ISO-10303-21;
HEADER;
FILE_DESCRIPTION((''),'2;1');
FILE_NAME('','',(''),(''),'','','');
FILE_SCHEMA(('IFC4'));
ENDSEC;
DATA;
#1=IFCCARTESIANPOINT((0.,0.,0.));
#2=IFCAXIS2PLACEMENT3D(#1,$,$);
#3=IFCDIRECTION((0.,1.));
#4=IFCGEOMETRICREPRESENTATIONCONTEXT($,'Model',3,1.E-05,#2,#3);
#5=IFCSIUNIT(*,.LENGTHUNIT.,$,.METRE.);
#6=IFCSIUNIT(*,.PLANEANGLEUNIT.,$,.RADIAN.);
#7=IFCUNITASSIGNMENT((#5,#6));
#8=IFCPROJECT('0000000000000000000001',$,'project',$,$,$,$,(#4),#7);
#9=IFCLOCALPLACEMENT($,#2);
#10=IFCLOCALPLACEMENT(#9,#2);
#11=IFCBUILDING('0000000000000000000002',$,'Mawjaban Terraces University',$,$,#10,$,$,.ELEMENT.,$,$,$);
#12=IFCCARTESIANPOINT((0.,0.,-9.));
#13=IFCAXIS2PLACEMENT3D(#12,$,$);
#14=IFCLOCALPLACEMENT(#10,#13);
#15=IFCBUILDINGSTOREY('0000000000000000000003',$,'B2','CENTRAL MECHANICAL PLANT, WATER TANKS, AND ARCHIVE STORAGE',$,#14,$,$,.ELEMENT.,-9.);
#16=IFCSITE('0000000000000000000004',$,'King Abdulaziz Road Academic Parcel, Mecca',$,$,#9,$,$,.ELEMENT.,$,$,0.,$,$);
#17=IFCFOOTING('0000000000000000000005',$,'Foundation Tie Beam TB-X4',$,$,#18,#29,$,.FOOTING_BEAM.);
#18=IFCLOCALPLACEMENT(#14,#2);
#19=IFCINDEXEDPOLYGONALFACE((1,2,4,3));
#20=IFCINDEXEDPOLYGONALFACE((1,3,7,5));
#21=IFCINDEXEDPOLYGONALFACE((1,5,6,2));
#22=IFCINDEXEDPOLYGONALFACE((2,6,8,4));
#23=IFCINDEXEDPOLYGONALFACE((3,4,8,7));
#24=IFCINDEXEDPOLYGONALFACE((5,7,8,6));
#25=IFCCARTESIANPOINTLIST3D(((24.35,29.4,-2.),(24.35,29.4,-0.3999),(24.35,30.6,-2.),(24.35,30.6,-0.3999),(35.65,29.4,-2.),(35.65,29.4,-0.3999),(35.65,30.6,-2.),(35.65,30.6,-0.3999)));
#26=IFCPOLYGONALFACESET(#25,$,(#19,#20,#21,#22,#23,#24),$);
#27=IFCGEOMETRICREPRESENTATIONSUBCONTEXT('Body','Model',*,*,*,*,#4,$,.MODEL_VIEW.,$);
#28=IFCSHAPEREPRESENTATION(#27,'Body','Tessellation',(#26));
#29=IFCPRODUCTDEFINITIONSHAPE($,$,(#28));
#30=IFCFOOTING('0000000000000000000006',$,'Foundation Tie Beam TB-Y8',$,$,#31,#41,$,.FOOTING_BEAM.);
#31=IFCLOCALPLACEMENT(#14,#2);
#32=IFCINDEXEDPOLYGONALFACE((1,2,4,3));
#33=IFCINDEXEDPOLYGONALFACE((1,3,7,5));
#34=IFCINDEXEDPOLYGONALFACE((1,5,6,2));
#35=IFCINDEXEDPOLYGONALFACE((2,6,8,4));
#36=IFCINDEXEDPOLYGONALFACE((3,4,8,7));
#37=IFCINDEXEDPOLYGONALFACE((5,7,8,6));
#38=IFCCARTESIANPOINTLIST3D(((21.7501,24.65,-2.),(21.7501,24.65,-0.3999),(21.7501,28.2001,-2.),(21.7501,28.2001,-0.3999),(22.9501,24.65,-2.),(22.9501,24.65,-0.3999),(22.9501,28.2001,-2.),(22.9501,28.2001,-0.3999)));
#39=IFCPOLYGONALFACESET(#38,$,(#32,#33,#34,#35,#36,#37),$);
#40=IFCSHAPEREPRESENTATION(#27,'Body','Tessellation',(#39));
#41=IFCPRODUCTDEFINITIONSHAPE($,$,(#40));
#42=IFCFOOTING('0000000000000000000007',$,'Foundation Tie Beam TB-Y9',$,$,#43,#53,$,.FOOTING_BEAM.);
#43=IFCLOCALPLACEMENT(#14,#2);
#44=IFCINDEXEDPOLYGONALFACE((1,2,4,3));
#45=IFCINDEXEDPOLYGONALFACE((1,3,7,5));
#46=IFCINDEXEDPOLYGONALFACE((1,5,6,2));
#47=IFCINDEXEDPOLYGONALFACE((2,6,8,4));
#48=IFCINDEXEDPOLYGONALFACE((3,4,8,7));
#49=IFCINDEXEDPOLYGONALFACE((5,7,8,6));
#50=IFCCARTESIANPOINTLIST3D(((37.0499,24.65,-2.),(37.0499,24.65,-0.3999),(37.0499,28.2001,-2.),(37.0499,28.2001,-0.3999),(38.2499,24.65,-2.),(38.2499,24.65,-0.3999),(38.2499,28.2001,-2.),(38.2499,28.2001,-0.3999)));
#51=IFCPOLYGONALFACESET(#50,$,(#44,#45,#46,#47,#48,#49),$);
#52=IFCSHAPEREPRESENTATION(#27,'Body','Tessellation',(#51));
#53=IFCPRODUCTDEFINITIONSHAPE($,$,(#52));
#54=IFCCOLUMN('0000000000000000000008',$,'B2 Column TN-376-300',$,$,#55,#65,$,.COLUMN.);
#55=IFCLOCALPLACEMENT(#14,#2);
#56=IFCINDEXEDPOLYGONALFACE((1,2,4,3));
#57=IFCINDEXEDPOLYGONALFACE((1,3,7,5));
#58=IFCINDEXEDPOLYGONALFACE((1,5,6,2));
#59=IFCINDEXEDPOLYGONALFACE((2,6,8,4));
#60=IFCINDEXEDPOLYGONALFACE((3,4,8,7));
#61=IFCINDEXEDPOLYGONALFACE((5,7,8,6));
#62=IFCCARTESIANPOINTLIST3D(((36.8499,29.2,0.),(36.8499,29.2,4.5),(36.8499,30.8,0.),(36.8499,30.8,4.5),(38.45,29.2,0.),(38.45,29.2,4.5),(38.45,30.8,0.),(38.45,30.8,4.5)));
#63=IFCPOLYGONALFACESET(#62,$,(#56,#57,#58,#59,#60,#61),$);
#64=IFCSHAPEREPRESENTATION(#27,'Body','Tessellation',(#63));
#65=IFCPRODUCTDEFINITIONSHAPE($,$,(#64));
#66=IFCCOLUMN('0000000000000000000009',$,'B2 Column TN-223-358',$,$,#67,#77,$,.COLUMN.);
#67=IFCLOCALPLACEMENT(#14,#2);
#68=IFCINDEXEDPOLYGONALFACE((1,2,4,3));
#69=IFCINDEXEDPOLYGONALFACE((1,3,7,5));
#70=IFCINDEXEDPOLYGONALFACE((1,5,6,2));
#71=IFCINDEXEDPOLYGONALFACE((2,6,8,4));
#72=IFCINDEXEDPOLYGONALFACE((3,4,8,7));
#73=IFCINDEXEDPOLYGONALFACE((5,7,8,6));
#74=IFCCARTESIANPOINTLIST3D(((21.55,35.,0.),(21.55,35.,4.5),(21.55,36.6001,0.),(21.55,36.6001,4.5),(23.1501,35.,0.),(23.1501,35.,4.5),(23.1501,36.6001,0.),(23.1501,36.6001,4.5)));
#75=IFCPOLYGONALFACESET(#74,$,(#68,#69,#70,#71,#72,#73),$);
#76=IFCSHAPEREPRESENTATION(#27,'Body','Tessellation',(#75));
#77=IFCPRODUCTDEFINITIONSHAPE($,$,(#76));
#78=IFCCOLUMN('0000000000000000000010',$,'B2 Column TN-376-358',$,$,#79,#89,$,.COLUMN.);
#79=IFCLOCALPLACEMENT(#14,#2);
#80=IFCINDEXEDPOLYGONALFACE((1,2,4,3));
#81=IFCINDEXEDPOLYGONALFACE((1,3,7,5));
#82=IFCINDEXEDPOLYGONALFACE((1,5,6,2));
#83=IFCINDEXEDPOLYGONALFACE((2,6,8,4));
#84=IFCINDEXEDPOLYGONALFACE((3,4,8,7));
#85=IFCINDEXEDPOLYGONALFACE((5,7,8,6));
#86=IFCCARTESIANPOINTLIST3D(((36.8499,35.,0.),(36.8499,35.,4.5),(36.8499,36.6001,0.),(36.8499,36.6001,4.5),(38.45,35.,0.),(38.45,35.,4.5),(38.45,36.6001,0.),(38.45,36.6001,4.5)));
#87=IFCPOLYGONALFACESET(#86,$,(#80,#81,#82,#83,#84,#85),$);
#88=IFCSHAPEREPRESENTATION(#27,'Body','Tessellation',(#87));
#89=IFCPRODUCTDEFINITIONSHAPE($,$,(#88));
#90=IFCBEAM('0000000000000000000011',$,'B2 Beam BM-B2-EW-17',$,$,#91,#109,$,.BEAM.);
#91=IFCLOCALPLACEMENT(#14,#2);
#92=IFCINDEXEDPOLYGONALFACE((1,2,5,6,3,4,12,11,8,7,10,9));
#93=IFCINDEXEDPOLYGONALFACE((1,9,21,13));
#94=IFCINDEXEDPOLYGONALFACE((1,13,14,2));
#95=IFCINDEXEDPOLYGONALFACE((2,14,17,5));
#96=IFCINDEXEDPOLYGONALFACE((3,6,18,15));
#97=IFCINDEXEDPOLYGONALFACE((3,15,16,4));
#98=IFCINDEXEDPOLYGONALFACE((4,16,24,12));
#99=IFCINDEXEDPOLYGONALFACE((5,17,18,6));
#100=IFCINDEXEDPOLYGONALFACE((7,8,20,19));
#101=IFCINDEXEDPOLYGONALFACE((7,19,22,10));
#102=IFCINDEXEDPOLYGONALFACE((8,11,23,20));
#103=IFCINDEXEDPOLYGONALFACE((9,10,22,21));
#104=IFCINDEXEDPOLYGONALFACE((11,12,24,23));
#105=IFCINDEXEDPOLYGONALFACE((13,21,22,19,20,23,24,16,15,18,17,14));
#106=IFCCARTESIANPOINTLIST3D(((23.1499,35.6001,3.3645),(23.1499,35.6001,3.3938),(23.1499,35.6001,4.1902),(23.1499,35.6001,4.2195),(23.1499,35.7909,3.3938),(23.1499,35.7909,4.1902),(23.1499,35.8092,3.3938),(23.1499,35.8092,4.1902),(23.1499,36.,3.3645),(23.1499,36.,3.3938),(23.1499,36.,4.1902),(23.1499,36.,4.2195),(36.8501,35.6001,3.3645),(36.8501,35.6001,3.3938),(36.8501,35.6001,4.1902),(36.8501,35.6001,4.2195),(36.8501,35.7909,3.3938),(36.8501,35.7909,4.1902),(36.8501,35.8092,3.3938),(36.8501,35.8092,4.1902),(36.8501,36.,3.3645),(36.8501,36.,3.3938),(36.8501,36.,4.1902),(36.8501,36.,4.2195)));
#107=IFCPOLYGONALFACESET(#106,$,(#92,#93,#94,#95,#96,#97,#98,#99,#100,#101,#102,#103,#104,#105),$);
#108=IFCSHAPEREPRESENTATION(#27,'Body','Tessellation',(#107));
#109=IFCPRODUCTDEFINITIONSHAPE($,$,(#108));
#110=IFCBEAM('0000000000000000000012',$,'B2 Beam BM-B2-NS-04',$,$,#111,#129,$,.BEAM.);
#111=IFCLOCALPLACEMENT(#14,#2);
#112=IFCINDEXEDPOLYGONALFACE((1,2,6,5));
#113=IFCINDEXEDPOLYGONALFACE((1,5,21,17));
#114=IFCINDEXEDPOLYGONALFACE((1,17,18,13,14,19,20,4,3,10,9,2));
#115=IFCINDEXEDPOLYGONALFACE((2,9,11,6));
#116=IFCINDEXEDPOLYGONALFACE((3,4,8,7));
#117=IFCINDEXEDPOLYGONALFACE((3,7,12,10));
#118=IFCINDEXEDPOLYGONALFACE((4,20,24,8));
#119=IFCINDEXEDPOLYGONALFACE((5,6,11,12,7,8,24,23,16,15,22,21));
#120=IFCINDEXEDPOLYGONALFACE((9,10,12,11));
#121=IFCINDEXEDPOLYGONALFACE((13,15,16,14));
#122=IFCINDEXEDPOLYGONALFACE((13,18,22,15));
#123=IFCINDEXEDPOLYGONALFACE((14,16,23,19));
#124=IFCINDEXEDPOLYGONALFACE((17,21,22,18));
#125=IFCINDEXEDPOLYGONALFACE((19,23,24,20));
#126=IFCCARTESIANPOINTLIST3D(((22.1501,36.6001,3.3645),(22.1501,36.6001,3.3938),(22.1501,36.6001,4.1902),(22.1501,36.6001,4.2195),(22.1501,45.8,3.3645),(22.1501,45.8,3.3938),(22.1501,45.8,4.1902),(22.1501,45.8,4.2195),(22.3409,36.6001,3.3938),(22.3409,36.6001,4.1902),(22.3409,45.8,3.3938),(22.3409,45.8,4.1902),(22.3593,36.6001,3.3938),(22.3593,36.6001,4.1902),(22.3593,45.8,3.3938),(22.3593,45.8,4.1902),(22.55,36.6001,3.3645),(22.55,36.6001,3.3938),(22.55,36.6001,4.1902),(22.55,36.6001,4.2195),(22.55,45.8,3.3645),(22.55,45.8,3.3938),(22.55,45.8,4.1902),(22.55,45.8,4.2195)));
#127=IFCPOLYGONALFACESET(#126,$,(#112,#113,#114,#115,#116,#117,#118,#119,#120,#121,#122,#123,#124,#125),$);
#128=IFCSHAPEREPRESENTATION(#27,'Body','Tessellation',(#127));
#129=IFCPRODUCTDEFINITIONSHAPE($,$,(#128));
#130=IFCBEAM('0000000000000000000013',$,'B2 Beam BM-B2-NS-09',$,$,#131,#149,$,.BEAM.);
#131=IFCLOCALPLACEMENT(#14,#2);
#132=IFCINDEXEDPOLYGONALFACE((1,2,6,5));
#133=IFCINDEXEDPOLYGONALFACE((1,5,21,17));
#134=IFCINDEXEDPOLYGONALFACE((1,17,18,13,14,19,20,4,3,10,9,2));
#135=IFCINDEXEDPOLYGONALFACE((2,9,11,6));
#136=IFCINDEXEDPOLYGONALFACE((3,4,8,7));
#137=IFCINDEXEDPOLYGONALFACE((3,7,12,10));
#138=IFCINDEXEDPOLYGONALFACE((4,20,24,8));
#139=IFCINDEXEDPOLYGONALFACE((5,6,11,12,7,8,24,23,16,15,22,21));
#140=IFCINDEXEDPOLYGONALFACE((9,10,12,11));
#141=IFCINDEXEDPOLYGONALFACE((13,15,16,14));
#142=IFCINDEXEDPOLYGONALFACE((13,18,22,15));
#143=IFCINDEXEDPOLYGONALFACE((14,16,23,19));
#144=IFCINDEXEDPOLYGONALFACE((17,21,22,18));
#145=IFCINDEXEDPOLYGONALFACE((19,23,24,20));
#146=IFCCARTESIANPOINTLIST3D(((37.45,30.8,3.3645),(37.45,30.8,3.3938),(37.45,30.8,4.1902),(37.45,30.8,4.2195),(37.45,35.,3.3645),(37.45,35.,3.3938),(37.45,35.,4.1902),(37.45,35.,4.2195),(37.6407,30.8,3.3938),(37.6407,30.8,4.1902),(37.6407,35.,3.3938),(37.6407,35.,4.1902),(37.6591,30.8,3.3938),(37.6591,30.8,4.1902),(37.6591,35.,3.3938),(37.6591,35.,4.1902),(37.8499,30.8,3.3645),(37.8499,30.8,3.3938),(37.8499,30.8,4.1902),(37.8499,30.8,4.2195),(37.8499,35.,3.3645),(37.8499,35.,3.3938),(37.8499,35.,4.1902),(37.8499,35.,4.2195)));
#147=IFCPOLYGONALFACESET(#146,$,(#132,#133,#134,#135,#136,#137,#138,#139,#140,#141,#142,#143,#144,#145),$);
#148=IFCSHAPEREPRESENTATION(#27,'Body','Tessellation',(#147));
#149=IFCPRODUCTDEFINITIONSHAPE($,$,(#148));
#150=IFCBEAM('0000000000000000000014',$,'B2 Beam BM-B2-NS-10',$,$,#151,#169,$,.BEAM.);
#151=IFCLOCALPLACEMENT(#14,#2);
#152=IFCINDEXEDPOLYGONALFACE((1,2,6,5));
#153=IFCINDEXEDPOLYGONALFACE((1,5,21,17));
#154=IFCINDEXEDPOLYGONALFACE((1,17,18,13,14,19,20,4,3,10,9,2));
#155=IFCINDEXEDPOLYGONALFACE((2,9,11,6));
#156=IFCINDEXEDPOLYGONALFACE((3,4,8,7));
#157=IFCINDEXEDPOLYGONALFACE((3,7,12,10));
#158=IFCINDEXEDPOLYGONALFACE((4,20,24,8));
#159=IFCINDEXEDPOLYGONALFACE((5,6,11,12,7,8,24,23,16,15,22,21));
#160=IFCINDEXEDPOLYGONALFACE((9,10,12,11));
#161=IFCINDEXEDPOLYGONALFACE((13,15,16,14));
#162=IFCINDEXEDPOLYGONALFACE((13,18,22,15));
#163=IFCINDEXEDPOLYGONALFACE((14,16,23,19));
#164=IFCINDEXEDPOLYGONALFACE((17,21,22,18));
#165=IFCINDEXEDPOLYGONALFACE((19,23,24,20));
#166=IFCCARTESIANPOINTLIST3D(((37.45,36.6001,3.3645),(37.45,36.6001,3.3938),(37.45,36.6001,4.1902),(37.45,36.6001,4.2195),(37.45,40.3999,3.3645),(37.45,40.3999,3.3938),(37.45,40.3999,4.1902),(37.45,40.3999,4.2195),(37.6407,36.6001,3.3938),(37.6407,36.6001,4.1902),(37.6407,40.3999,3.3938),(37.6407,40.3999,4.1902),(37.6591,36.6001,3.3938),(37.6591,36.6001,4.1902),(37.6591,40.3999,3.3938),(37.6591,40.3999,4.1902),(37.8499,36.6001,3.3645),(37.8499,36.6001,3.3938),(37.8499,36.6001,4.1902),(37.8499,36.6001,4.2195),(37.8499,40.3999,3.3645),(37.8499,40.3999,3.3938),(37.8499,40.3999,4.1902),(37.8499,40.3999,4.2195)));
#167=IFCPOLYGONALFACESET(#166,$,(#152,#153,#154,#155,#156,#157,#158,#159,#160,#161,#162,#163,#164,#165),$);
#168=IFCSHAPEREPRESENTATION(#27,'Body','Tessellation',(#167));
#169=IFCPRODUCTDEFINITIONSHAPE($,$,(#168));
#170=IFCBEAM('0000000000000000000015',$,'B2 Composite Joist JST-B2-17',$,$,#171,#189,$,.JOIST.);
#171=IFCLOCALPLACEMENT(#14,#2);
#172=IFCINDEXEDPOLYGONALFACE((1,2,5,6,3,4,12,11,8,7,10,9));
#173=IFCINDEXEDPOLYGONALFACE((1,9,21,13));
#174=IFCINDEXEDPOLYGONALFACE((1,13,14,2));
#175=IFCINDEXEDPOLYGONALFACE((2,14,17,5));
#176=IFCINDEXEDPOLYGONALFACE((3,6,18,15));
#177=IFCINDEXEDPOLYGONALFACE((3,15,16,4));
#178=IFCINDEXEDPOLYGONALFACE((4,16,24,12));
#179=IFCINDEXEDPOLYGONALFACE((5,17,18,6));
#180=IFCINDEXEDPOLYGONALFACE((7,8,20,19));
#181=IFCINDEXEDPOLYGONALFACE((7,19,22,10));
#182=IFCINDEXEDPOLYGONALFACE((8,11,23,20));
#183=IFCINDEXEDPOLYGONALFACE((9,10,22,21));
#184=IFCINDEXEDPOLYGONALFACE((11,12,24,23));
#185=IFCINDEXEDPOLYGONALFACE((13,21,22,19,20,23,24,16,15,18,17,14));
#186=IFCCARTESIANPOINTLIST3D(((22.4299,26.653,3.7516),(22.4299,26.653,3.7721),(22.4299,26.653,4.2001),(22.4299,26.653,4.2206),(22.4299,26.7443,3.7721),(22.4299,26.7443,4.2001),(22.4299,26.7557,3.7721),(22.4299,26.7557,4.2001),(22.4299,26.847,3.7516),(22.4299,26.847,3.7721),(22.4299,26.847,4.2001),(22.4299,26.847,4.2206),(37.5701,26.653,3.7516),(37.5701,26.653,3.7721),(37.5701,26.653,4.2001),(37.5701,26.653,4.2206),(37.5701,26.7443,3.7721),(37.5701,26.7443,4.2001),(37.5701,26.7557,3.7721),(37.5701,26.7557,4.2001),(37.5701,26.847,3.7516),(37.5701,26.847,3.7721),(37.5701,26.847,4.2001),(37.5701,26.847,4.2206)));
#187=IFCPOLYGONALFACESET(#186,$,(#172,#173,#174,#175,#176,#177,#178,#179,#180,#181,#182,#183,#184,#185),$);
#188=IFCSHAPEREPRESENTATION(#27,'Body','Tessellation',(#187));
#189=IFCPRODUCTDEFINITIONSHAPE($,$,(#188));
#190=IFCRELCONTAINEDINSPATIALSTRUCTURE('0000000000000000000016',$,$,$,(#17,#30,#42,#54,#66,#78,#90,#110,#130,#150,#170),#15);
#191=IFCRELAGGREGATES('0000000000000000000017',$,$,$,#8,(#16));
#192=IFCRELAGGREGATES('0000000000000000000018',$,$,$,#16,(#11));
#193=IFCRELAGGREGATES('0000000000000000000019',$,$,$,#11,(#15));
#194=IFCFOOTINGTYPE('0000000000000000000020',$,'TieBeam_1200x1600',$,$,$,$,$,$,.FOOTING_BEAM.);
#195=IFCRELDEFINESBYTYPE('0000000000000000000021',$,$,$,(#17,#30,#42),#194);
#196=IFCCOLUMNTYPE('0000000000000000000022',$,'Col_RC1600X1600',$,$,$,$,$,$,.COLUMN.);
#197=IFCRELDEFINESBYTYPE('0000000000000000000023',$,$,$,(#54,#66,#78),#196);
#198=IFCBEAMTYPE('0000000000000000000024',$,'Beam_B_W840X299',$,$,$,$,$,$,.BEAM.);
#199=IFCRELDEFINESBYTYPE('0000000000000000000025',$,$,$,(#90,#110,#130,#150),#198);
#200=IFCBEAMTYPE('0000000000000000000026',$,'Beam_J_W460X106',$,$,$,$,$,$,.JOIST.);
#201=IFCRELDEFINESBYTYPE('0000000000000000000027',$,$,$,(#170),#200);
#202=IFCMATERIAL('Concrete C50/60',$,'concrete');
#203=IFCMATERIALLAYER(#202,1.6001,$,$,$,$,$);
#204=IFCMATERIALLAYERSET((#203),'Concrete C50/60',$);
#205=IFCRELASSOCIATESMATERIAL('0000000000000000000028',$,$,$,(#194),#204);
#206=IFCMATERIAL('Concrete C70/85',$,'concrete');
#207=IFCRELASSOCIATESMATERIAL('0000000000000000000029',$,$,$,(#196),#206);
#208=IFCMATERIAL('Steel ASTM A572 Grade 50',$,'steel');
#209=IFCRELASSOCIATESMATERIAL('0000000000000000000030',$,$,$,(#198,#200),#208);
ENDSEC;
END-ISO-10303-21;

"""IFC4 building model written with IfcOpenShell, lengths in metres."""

from ifc_helpers import new_model, si_unit, direction, frame, origin, origin_2d, place, context, subcontext, project, spatial, rectangle, i_section, extrude, material, layer, layer_set, material_profile, profile_set, type_object, element, save


model = new_model("IFC4")

# Units and contexts
model_context = context("Model", 3, precision=1e-05, world=origin(), true_north=direction((0.0, 1.0)))
body_context = subcontext(model_context, "Body", "Model", "MODEL_VIEW")
ifc_project = project(units=[si_unit("LENGTHUNIT", "METRE"), si_unit("PLANEANGLEUNIT", "RADIAN")], contexts=[model_context])

# Site, building, storey
site_placement = place(None, origin())
site = spatial("IfcSite", under=ifc_project, at=site_placement, Name="King Abdulaziz Road Academic Parcel, Mecca", CompositionType="ELEMENT", RefElevation=0.0)
building_placement = place(site_placement, origin())
building = spatial("IfcBuilding", under=site, at=building_placement, Name="Mawjaban Terraces University", CompositionType="ELEMENT")
storey_placement = place(building_placement, frame((0.0, 0.0, -9.0)))
storey = spatial("IfcBuildingStorey", under=building, at=storey_placement, Name="B2", Description="CENTRAL MECHANICAL PLANT, WATER TANKS, AND ARCHIVE STORAGE", CompositionType="ELEMENT", Elevation=-9.0)

# Shared definitions
ifc_material_1 = material(Name="Concrete C50/60", Category="concrete")

# Footings
ifc_layer_1 = layer(ifc_material_1, 1.6001)
ifc_layer_set_1 = layer_set([ifc_layer_1], Name="Concrete C50/60")
footing_type = type_object("IfcFootingType", Name="TieBeam_1200x1600", PredefinedType="FOOTING_BEAM", material=ifc_layer_set_1)
footing_placement = place(storey_placement, frame((30.0, 30.0, -2.0), z_axis=(0.0, 0.0, 1.0), x_axis=(1.0, 0.0, 0.0)))
element("IfcFooting", 1, at=footing_placement, inside=storey, type_object=footing_type, Name="Foundation Tie Beam TB-X4", PredefinedType="FOOTING_BEAM", context=body_context, shape_type="SweptSolid", body=[
    extrude(rectangle(XDim=11.3, YDim=1.2, at=origin_2d()), origin(), (0.0, 0.0, 1.0), 1.6001),
])
for number, where, z_axis, x_axis, name in (
    (2, (22.3501, 26.425, -2.0), (0.0, 0.0, 1.0), (1.0, 0.0, 0.0), "Foundation Tie Beam TB-Y8"),
    (3, (37.6499, 26.425, -2.0), (0.0, 0.0, 1.0), (1.0, 0.0, 0.0), "Foundation Tie Beam TB-Y9"),
):
    element("IfcFooting", number, at=place(storey_placement, frame(where, z_axis=z_axis, x_axis=x_axis)), inside=storey, type_object=footing_type, Name=name, PredefinedType="FOOTING_BEAM", context=body_context, shape_type="SweptSolid", body=[
        extrude(rectangle(XDim=1.2, YDim=3.55, at=origin_2d()), origin(), (0.0, 0.0, 1.0), 1.6001),
    ])

# Columns
ifc_material_2 = material(Name="Concrete C70/85", Category="concrete")
ifc_material_profile_1 = material_profile(ifc_material_2, rectangle(XDim=1.6001, YDim=1.6001, at=origin_2d()), Name="RC1600X1600")
ifc_profile_set_1 = profile_set([ifc_material_profile_1], Name="Concrete C70/85")
column_type = type_object("IfcColumnType", Name="Col_RC1600X1600", PredefinedType="COLUMN", material=ifc_profile_set_1)
for number, where, z_axis, x_axis, name in (
    (4, (37.6499, 30.0, 0.0), (0.0, 0.0, 1.0), (1.0, 0.0, 0.0), "B2 Column TN-376-300"),
    (5, (22.3501, 35.8, 0.0), (0.0, 0.0, 1.0), (1.0, 0.0, 0.0), "B2 Column TN-223-358"),
    (6, (37.6499, 35.8, 0.0), (0.0, 0.0, 1.0), (1.0, 0.0, 0.0), "B2 Column TN-376-358"),
):
    element("IfcColumn", number, at=place(storey_placement, frame(where, z_axis=z_axis, x_axis=x_axis)), inside=storey, type_object=column_type, Name=name, PredefinedType="COLUMN", context=body_context, shape_type="SweptSolid", body=[
        extrude(rectangle(XDim=1.6001, YDim=1.6001, at=origin_2d()), origin(), (0.0, 0.0, 1.0), 4.5),
    ])

# Beams
ifc_material_3 = material(Name="Steel ASTM A572 Grade 50", Category="steel")
ifc_material_profile_2 = material_profile(ifc_material_3, i_section(OverallWidth=0.3999, OverallDepth=0.855, WebThickness=0.0183, FlangeThickness=0.0293, at=origin_2d()), Name="W840X299")
ifc_profile_set_2 = profile_set([ifc_material_profile_2], Name="Steel ASTM A572 Grade 50")
beam_type_1 = type_object("IfcBeamType", Name="Beam_B_W840X299", PredefinedType="BEAM", material=ifc_profile_set_2)
beam_1_placement = place(storey_placement, frame((23.1499, 35.8, 3.792), z_axis=(1.0, 0.0, 0.0), x_axis=(0.0, 1.0, 0.0)))
element("IfcBeam", 7, at=beam_1_placement, inside=storey, type_object=beam_type_1, Name="B2 Beam BM-B2-EW-17", PredefinedType="BEAM", context=body_context, shape_type="SweptSolid", body=[
    extrude(i_section(OverallWidth=0.3999, OverallDepth=0.855, WebThickness=0.0183, FlangeThickness=0.0293, at=origin_2d()), origin(), (0.0, 0.0, 1.0), 13.7002),
])
beam_2_placement = place(storey_placement, frame((22.3501, 36.6001, 3.792), z_axis=(0.0, 1.0, 0.0), x_axis=(-1.0, 0.0, 0.0)))
element("IfcBeam", 8, at=beam_2_placement, inside=storey, type_object=beam_type_1, Name="B2 Beam BM-B2-NS-04", PredefinedType="BEAM", context=body_context, shape_type="SweptSolid", body=[
    extrude(i_section(OverallWidth=0.3999, OverallDepth=0.855, WebThickness=0.0183, FlangeThickness=0.0293, at=origin_2d()), origin(), (0.0, 0.0, 1.0), 9.2),
])
beam_3_placement = place(storey_placement, frame((37.6499, 30.8, 3.792), z_axis=(0.0, 1.0, 0.0), x_axis=(-1.0, 0.0, 0.0)))
element("IfcBeam", 9, at=beam_3_placement, inside=storey, type_object=beam_type_1, Name="B2 Beam BM-B2-NS-09", PredefinedType="BEAM", context=body_context, shape_type="SweptSolid", body=[
    extrude(i_section(OverallWidth=0.3999, OverallDepth=0.855, WebThickness=0.0183, FlangeThickness=0.0293, at=origin_2d()), origin(), (0.0, 0.0, 1.0), 4.2),
])
beam_4_placement = place(storey_placement, frame((37.6499, 36.6001, 3.792), z_axis=(0.0, 1.0, 0.0), x_axis=(-1.0, 0.0, 0.0)))
element("IfcBeam", 10, at=beam_4_placement, inside=storey, type_object=beam_type_1, Name="B2 Beam BM-B2-NS-10", PredefinedType="BEAM", context=body_context, shape_type="SweptSolid", body=[
    extrude(i_section(OverallWidth=0.3999, OverallDepth=0.855, WebThickness=0.0183, FlangeThickness=0.0293, at=origin_2d()), origin(), (0.0, 0.0, 1.0), 3.7998),
])
ifc_material_profile_3 = material_profile(ifc_material_3, i_section(OverallWidth=0.1941, OverallDepth=0.469, WebThickness=0.0115, FlangeThickness=0.0205, at=origin_2d()), Name="W460X106")
ifc_profile_set_3 = profile_set([ifc_material_profile_3], Name="Steel ASTM A572 Grade 50")
beam_type_2 = type_object("IfcBeamType", Name="Beam_J_W460X106", PredefinedType="JOIST", material=ifc_profile_set_3)
for number, where, z_axis, x_axis, name in (
    (11, (22.4299, 26.75, 3.9861), (1.0, 0.0, 0.0), (0.0, 1.0, 0.0), "B2 Composite Joist JST-B2-17"),
):
    element("IfcBeam", number, at=place(storey_placement, frame(where, z_axis=z_axis, x_axis=x_axis)), inside=storey, type_object=beam_type_2, Name=name, PredefinedType="JOIST", context=body_context, shape_type="SweptSolid", body=[
        extrude(i_section(OverallWidth=0.1941, OverallDepth=0.469, WebThickness=0.0115, FlangeThickness=0.0205, at=origin_2d()), origin(), (0.0, 0.0, 1.0), 15.1401),
    ])

save(model, "model.ifc")
